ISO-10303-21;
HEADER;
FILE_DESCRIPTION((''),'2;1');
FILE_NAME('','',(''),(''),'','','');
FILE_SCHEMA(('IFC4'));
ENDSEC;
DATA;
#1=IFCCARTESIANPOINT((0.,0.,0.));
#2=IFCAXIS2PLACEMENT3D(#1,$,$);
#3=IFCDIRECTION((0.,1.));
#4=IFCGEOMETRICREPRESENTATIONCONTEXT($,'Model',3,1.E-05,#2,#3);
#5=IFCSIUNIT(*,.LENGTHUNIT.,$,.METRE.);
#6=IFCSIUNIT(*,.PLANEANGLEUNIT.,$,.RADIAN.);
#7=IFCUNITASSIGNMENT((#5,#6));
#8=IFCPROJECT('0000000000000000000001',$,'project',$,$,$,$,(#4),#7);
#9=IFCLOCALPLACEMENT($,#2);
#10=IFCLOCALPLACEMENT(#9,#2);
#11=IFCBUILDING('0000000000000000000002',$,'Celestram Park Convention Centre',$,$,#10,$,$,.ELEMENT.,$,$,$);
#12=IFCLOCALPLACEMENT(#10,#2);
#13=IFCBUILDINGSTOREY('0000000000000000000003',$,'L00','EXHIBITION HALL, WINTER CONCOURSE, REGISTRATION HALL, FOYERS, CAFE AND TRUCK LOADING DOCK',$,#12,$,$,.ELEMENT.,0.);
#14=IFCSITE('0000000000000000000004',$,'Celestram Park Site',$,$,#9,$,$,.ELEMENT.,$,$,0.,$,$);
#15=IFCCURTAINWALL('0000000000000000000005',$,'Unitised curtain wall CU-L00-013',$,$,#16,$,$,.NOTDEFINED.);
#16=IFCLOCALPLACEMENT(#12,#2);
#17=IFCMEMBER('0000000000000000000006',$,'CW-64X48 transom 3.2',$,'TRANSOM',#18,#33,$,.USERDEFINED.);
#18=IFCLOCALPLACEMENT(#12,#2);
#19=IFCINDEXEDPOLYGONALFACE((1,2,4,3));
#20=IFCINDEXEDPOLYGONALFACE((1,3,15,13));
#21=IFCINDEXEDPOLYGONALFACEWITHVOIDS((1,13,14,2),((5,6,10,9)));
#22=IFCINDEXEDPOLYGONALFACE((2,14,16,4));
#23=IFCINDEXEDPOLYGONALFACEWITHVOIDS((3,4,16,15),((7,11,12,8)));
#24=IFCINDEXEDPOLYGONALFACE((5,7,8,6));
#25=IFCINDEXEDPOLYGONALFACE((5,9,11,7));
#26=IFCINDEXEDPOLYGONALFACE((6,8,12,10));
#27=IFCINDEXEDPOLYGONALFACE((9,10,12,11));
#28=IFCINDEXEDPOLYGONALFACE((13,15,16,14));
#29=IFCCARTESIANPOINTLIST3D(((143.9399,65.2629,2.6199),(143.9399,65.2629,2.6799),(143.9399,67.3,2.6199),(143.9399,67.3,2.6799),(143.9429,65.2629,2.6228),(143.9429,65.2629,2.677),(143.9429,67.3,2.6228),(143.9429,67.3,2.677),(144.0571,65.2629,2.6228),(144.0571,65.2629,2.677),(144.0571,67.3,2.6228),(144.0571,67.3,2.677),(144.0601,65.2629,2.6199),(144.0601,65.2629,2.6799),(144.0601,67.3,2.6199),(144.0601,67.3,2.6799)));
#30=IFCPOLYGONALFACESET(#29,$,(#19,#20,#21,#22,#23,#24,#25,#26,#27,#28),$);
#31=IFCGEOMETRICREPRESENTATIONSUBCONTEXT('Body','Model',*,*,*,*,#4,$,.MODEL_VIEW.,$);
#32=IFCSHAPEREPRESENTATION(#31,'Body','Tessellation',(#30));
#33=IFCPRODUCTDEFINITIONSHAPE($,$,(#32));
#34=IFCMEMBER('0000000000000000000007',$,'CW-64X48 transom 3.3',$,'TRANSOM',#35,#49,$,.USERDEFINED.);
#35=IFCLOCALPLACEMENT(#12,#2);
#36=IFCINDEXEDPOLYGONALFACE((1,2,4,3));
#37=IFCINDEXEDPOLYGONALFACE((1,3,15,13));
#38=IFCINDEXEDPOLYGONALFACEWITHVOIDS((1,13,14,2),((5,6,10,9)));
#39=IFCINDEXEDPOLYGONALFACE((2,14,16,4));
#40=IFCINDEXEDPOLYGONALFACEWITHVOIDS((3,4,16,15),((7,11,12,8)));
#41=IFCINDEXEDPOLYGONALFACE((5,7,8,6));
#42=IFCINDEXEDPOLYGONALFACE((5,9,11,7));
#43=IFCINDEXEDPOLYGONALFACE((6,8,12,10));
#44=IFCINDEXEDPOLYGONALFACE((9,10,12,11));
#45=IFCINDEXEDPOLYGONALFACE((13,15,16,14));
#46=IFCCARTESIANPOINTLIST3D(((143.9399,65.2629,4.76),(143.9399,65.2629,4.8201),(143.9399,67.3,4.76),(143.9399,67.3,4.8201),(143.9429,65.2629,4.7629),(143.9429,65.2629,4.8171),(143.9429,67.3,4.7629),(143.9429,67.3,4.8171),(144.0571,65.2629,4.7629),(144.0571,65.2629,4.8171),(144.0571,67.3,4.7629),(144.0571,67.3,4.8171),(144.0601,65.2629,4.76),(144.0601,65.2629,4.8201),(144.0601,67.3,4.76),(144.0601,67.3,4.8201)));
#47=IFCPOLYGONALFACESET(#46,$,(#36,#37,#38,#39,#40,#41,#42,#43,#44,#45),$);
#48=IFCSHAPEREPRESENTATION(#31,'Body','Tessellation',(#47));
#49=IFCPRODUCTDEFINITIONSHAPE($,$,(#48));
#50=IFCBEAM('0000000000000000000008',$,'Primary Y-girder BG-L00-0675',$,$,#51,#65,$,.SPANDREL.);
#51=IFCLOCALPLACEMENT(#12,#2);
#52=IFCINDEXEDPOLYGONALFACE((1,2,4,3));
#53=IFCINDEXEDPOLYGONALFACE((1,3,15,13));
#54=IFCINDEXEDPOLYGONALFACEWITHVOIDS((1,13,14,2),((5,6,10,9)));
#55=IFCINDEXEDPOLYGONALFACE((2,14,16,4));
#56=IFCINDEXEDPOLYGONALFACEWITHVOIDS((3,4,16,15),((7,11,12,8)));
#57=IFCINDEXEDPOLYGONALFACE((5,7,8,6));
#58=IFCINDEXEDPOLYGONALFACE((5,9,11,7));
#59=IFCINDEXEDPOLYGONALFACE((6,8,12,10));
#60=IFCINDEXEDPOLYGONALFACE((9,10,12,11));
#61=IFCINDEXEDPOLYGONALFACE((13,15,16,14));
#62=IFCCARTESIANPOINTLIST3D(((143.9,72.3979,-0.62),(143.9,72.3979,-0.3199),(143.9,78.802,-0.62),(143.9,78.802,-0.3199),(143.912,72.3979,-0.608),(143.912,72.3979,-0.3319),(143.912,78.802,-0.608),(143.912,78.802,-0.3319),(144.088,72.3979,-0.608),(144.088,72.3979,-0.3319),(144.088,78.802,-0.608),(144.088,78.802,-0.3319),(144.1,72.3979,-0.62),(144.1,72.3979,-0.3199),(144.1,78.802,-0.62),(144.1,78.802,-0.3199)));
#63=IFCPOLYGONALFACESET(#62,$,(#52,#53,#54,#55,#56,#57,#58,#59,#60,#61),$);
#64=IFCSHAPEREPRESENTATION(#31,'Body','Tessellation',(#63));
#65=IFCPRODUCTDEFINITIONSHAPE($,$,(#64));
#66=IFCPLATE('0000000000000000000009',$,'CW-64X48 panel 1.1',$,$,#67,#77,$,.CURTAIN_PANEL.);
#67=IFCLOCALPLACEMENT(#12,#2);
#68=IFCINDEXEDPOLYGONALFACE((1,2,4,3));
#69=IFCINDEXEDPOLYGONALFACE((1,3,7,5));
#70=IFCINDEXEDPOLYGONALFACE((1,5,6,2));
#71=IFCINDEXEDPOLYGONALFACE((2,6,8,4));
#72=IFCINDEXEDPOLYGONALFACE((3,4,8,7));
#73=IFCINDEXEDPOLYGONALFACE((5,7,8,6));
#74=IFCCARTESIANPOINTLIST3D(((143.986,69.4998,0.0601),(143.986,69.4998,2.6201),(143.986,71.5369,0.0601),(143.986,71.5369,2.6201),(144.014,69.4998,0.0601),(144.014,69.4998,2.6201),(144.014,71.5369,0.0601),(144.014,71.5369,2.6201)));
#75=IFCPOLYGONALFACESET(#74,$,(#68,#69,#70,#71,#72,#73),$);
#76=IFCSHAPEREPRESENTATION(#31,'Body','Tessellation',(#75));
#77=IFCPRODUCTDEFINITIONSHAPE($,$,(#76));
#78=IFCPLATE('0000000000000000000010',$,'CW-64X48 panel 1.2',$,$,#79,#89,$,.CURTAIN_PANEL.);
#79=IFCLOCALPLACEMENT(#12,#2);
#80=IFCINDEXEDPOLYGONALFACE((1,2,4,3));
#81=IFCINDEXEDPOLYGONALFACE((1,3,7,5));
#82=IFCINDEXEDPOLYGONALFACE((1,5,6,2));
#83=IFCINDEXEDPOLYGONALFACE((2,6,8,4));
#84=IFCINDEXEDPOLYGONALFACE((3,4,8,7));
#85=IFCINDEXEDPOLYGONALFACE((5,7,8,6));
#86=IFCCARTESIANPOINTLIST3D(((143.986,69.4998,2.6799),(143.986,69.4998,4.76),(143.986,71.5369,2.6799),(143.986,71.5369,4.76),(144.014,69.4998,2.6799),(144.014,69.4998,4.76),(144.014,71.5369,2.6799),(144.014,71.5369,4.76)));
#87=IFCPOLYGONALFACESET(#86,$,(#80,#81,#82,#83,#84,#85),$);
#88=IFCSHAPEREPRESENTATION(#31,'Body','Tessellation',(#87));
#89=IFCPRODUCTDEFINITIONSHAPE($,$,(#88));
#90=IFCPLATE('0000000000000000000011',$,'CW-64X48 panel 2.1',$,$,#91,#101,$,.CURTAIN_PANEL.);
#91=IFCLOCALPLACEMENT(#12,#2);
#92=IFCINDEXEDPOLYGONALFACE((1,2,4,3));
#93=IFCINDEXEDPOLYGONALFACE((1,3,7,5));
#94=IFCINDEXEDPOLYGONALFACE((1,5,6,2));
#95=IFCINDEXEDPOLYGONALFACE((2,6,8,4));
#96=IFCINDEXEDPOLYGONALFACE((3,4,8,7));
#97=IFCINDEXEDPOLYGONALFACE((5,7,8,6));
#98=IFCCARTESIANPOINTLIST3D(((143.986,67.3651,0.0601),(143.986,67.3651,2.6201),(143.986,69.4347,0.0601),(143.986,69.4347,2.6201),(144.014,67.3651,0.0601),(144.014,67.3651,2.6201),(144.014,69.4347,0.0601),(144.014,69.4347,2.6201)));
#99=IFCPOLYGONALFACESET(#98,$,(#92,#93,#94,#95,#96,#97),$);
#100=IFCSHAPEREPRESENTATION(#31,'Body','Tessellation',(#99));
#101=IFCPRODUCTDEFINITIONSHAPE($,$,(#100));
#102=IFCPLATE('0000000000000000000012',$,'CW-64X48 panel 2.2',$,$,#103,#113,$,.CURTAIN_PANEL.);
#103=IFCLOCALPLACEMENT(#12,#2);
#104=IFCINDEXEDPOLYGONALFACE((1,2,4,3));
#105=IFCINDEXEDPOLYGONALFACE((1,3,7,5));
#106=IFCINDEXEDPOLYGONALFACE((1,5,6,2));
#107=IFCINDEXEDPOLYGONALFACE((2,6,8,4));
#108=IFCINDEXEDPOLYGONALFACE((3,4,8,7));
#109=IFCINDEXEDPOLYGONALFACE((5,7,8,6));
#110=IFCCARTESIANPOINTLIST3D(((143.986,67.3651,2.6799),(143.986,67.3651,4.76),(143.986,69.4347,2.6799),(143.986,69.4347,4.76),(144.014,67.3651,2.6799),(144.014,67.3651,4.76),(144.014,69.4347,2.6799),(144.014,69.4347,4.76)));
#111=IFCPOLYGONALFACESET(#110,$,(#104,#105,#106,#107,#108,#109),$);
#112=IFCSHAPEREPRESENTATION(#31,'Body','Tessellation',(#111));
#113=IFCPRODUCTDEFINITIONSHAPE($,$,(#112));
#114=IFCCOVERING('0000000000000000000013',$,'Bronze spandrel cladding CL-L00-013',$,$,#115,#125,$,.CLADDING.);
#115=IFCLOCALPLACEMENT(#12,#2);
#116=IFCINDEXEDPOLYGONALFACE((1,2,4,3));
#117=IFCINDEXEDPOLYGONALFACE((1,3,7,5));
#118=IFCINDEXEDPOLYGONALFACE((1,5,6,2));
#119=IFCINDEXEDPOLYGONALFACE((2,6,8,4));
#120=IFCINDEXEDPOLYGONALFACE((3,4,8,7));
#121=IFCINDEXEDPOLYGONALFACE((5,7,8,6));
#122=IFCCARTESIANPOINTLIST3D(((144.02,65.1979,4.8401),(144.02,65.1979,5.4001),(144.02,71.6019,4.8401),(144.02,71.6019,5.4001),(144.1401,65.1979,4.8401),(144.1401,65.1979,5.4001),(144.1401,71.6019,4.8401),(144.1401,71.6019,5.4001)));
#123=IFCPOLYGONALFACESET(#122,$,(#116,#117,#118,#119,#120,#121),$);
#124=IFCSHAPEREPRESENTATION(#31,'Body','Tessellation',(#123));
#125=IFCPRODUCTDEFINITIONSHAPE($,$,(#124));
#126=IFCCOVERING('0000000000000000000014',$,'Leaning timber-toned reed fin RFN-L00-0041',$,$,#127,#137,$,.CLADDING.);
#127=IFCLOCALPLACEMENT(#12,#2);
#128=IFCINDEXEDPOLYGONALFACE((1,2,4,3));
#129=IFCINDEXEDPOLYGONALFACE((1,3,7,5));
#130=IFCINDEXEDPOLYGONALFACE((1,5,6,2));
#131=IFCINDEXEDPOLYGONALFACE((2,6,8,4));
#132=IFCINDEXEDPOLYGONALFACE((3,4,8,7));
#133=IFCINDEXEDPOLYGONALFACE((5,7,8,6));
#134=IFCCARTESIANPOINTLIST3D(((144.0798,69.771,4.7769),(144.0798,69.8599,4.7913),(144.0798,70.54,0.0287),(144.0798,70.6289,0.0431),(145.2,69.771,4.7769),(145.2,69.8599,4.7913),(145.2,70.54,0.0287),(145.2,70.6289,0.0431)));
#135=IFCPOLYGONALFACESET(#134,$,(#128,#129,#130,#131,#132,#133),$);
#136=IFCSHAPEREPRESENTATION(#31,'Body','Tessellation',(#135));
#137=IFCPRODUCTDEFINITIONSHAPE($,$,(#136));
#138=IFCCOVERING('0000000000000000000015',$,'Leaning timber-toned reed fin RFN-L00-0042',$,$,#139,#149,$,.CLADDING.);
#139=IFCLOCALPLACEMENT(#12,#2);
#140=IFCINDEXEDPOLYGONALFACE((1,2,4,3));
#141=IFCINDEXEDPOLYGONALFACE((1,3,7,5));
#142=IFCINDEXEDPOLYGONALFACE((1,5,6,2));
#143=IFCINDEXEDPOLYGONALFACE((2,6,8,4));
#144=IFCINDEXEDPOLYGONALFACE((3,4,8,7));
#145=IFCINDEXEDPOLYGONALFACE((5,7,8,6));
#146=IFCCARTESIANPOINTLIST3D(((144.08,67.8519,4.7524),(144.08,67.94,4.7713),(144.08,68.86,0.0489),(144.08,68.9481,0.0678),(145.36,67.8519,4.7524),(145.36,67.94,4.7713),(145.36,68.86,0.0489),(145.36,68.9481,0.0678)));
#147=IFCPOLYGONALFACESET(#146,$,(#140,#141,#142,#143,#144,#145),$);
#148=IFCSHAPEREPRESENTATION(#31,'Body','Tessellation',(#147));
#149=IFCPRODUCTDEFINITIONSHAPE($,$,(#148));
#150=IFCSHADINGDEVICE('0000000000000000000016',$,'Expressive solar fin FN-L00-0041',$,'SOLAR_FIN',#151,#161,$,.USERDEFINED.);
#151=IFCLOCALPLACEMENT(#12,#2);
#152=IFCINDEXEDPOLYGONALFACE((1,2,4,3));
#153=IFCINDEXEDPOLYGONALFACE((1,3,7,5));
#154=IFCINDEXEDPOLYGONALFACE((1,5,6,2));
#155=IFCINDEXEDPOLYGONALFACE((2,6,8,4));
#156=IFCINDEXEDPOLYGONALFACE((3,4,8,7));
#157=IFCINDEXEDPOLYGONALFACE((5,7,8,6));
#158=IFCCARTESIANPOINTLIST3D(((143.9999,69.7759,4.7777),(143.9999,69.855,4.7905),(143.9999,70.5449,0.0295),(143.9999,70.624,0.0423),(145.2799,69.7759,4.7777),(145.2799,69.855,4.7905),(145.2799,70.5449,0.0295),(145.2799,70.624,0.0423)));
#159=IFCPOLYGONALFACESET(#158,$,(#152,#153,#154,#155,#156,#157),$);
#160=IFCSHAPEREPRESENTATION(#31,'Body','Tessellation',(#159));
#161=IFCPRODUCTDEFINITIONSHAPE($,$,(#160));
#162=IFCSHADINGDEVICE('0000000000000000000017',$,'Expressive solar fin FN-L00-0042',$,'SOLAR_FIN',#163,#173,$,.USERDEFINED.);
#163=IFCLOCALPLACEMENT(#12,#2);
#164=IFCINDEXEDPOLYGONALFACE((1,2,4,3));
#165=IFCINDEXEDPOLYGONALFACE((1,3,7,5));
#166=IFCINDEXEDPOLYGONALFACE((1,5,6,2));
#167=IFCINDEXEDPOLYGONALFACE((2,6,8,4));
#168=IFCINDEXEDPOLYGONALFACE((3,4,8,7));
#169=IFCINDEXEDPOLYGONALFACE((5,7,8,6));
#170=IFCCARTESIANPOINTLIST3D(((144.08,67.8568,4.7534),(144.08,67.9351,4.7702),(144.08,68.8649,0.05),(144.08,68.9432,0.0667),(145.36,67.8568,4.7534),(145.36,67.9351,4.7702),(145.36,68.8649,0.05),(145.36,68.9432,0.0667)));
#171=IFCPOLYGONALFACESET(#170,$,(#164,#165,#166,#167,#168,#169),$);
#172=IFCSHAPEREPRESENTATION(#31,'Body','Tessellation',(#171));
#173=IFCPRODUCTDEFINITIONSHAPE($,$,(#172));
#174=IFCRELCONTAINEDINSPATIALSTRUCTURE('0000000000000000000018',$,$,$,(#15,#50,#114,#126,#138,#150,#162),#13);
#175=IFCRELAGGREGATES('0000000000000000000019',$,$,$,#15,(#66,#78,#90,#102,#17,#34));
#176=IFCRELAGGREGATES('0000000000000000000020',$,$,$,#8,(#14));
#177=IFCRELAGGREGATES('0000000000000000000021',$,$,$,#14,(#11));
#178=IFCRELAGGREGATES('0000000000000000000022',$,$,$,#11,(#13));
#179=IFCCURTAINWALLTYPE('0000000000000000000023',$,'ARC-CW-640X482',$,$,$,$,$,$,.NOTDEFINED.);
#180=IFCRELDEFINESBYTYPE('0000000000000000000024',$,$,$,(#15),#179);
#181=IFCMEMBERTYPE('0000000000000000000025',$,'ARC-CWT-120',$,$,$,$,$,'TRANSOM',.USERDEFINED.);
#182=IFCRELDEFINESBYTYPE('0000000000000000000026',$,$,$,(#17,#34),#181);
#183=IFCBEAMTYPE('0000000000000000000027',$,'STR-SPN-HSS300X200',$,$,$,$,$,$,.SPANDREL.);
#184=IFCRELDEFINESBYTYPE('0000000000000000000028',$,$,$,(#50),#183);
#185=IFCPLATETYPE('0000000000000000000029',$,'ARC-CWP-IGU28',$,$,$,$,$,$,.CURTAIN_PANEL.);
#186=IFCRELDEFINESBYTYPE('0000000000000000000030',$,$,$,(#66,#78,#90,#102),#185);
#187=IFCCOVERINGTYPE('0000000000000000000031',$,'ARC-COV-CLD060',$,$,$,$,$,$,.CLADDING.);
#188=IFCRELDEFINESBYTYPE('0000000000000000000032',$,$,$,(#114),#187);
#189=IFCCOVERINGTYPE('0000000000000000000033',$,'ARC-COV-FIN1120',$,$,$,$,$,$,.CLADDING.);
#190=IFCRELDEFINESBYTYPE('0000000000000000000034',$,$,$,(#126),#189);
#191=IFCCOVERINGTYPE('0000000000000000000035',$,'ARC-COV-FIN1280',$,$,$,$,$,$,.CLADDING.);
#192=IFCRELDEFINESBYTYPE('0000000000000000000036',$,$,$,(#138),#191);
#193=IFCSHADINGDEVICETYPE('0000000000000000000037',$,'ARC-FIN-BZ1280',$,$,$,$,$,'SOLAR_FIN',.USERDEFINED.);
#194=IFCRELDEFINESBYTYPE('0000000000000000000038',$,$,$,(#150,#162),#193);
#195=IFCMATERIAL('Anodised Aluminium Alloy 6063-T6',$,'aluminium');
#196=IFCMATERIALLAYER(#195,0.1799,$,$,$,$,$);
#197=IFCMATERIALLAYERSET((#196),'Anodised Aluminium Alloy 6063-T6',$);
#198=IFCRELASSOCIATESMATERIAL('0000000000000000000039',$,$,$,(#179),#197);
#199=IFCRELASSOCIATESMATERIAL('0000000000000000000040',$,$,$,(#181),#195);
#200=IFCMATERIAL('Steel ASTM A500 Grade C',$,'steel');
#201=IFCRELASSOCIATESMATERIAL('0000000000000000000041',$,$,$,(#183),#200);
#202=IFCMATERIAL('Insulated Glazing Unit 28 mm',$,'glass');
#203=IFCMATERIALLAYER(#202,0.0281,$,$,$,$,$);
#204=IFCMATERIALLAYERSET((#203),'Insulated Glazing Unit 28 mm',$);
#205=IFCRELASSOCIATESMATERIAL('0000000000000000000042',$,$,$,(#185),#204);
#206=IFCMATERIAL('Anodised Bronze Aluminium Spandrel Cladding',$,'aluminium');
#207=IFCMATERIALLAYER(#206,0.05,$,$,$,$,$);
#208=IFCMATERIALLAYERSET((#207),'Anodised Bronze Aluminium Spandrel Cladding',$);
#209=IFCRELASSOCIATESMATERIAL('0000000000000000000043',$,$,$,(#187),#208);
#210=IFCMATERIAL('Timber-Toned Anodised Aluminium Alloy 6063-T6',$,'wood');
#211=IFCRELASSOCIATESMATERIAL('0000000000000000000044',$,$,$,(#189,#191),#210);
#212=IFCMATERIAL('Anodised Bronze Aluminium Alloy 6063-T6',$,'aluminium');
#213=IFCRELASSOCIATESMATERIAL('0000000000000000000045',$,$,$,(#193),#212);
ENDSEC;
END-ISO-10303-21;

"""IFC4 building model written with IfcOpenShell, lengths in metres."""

from ifc_helpers import new_model, si_unit, direction, frame, origin, origin_2d, place, context, subcontext, project, spatial, rectangle, hollow_rectangle, extrude, material, layer, layer_set, material_profile, profile_set, type_object, element, aggregate, save


model = new_model("IFC4")

# Units and contexts
model_context = context("Model", 3, precision=1e-05, world=origin(), true_north=direction((0.0, 1.0)))
body_context = subcontext(model_context, "Body", "Model", "MODEL_VIEW")
ifc_project = project(units=[si_unit("LENGTHUNIT", "METRE"), si_unit("PLANEANGLEUNIT", "RADIAN")], contexts=[model_context])

# Site, building, storey
site_placement = place(None, origin())
site = spatial("IfcSite", under=ifc_project, at=site_placement, Name="Celestram Park Site", CompositionType="ELEMENT", RefElevation=0.0)
building_placement = place(site_placement, origin())
building = spatial("IfcBuilding", under=site, at=building_placement, Name="Celestram Park Convention Centre", CompositionType="ELEMENT")
storey_placement = place(building_placement, origin())
storey = spatial("IfcBuildingStorey", under=building, at=storey_placement, Name="L00", Description="EXHIBITION HALL, WINTER CONCOURSE, REGISTRATION HALL, FOYERS, CAFE AND TRUCK LOADING DOCK", CompositionType="ELEMENT", Elevation=0.0)

# Shared definitions
ifc_material_1 = material(Name="Anodised Aluminium Alloy 6063-T6", Category="aluminium")
ifc_layer_1 = layer(ifc_material_1, 0.1799)
ifc_layer_set_1 = layer_set([ifc_layer_1], Name="Anodised Aluminium Alloy 6063-T6")
curtain_wall_type = type_object("IfcCurtainWallType", Name="ARC-CW-640X482", PredefinedType="NOTDEFINED", material=ifc_layer_set_1)

# Curtain wall, members
curtain_wall_1_placement = place(storey_placement, origin())
curtain_wall_1 = element("IfcCurtainWall", 1, at=curtain_wall_1_placement, inside=storey, type_object=curtain_wall_type, Name="Unitised curtain wall CU-L00-013", PredefinedType="NOTDEFINED")
ifc_material_profile_1 = material_profile(ifc_material_1, hollow_rectangle(XDim=0.1201, YDim=0.0601, WallThickness=0.0029, at=origin_2d()), Name="ALU120X60X3")
ifc_profile_set_1 = profile_set([ifc_material_profile_1], Name="Anodised Aluminium Alloy 6063-T6")
member_type_1 = type_object("IfcMemberType", Name="ARC-CWT-120", ElementType="TRANSOM", PredefinedType="USERDEFINED", material=ifc_profile_set_1)
member_1_placement = place(storey_placement, frame((144.0, 67.3, 2.6499), z_axis=(0.0, -1.0, 0.0), x_axis=(1.0, 0.0, 0.0)))
member_1 = element("IfcMember", 2, at=member_1_placement, type_object=member_type_1, Name="CW-64X48 transom 3.2", ObjectType="TRANSOM", PredefinedType="USERDEFINED", context=body_context, shape_type="SweptSolid", body=[
    extrude(hollow_rectangle(XDim=0.1201, YDim=0.0601, WallThickness=0.0029, at=origin_2d()), origin(), (0.0, 0.0, 1.0), 2.0371),
])
member_2_placement = place(storey_placement, frame((144.0, 67.3, 4.79), z_axis=(0.0, -1.0, 0.0), x_axis=(1.0, 0.0, 0.0)))
member_2 = element("IfcMember", 3, at=member_2_placement, type_object=member_type_1, Name="CW-64X48 transom 3.3", ObjectType="TRANSOM", PredefinedType="USERDEFINED", context=body_context, shape_type="SweptSolid", body=[
    extrude(hollow_rectangle(XDim=0.1201, YDim=0.0601, WallThickness=0.0029, at=origin_2d()), origin(), (0.0, 0.0, 1.0), 2.0371),
])

# Beam
ifc_material_2 = material(Name="Steel ASTM A500 Grade C", Category="steel")
ifc_material_profile_2 = material_profile(ifc_material_2, hollow_rectangle(XDim=0.2, YDim=0.3, WallThickness=0.012, at=origin_2d()), Name="HSS300X200X12")
ifc_profile_set_2 = profile_set([ifc_material_profile_2], Name="Steel ASTM A500 Grade C")
beam_type = type_object("IfcBeamType", Name="STR-SPN-HSS300X200", PredefinedType="SPANDREL", material=ifc_profile_set_2)
beam_placement = place(storey_placement, frame((144.0, 72.3979, -0.47), z_axis=(0.0, 1.0, 0.0), x_axis=(-1.0, 0.0, 0.0)))
element("IfcBeam", 4, at=beam_placement, inside=storey, type_object=beam_type, Name="Primary Y-girder BG-L00-0675", PredefinedType="SPANDREL", context=body_context, shape_type="SweptSolid", body=[
    extrude(hollow_rectangle(XDim=0.2, YDim=0.3, WallThickness=0.012, at=origin_2d()), origin(), (0.0, 0.0, 1.0), 6.4041),
])

# Plates
ifc_material_3 = material(Name="Insulated Glazing Unit 28 mm", Category="glass")
ifc_layer_2 = layer(ifc_material_3, 0.0281)
ifc_layer_set_2 = layer_set([ifc_layer_2], Name="Insulated Glazing Unit 28 mm")
plate_type = type_object("IfcPlateType", Name="ARC-CWP-IGU28", PredefinedType="CURTAIN_PANEL", material=ifc_layer_set_2)
plate_1_placement = place(storey_placement, frame((144.0, 70.5183, 0.0601), z_axis=(0.0, 0.0, 1.0), x_axis=(0.0, -1.0, 0.0)))
plate_1 = element("IfcPlate", 5, at=plate_1_placement, type_object=plate_type, Name="CW-64X48 panel 1.1", PredefinedType="CURTAIN_PANEL", context=body_context, shape_type="SweptSolid", body=[
    extrude(rectangle(XDim=2.0371, YDim=0.0281, at=origin_2d()), origin(), (0.0, 0.0, 1.0), 2.5601),
])
plate_2_placement = place(storey_placement, frame((144.0, 70.5183, 2.6799), z_axis=(0.0, 0.0, 1.0), x_axis=(0.0, -1.0, 0.0)))
plate_2 = element("IfcPlate", 6, at=plate_2_placement, type_object=plate_type, Name="CW-64X48 panel 1.2", PredefinedType="CURTAIN_PANEL", context=body_context, shape_type="SweptSolid", body=[
    extrude(rectangle(XDim=2.0371, YDim=0.0281, at=origin_2d()), origin(), (0.0, 0.0, 1.0), 2.0801),
])
plate_3_placement = place(storey_placement, frame((144.0, 68.3999, 0.0601), z_axis=(0.0, 0.0, 1.0), x_axis=(0.0, -1.0, 0.0)))
plate_3 = element("IfcPlate", 7, at=plate_3_placement, type_object=plate_type, Name="CW-64X48 panel 2.1", PredefinedType="CURTAIN_PANEL", context=body_context, shape_type="SweptSolid", body=[
    extrude(rectangle(XDim=2.0696, YDim=0.0281, at=origin_2d()), origin(), (0.0, 0.0, 1.0), 2.5601),
])
plate_4_placement = place(storey_placement, frame((144.0, 68.3999, 2.6799), z_axis=(0.0, 0.0, 1.0), x_axis=(0.0, -1.0, 0.0)))
plate_4 = element("IfcPlate", 8, at=plate_4_placement, type_object=plate_type, Name="CW-64X48 panel 2.2", PredefinedType="CURTAIN_PANEL", context=body_context, shape_type="SweptSolid", body=[
    extrude(rectangle(XDim=2.0696, YDim=0.0281, at=origin_2d()), origin(), (0.0, 0.0, 1.0), 2.0801),
])
aggregate(curtain_wall_1, [plate_1, plate_2, plate_3, plate_4, member_1, member_2])

# Coverings
ifc_material_4 = material(Name="Anodised Bronze Aluminium Spandrel Cladding", Category="aluminium")
ifc_layer_3 = layer(ifc_material_4, 0.05)
ifc_layer_set_3 = layer_set([ifc_layer_3], Name="Anodised Bronze Aluminium Spandrel Cladding")
covering_type_1 = type_object("IfcCoveringType", Name="ARC-COV-CLD060", PredefinedType="CLADDING", material=ifc_layer_set_3)
covering_1_placement = place(storey_placement, frame((144.0801, 68.3999, 4.8401), z_axis=(0.0, 0.0, 1.0), x_axis=(0.0, -1.0, 0.0)))
element("IfcCovering", 9, at=covering_1_placement, inside=storey, type_object=covering_type_1, Name="Bronze spandrel cladding CL-L00-013", PredefinedType="CLADDING", context=body_context, shape_type="SweptSolid", body=[
    extrude(rectangle(XDim=6.4041, YDim=0.1201, at=origin_2d()), origin(), (0.0, 0.0, 1.0), 0.5601),
])
ifc_material_5 = material(Name="Timber-Toned Anodised Aluminium Alloy 6063-T6", Category="wood")
ifc_material_profile_3 = material_profile(ifc_material_5, rectangle(XDim=1.1201, YDim=0.0901, at=origin_2d()), Name="REED1120X90")
ifc_profile_set_3 = profile_set([ifc_material_profile_3], Name="Timber-Toned Anodised Aluminium Alloy 6063-T6")
covering_type_2 = type_object("IfcCoveringType", Name="ARC-COV-FIN1120", PredefinedType="CLADDING", material=ifc_profile_set_3)
covering_2_placement = place(storey_placement, frame((144.6399, 70.5845, 0.0359), z_axis=(0.0, -0.159879, 0.987137), x_axis=(1.0, 0.0, 0.0)))
element("IfcCovering", 10, at=covering_2_placement, inside=storey, type_object=covering_type_2, Name="Leaning timber-toned reed fin RFN-L00-0041", PredefinedType="CLADDING", context=body_context, shape_type="SweptSolid", body=[
    extrude(rectangle(XDim=1.1201, YDim=0.0901, at=origin_2d()), origin(), (0.0, 0.0, 1.0), 4.8101),
])
ifc_material_profile_4 = material_profile(ifc_material_5, rectangle(XDim=1.28, YDim=0.0901, at=origin_2d()), Name="REED1280X90")
ifc_profile_set_4 = profile_set([ifc_material_profile_4], Name="Timber-Toned Anodised Aluminium Alloy 6063-T6")
covering_type_3 = type_object("IfcCoveringType", Name="ARC-COV-FIN1280", PredefinedType="CLADDING", material=ifc_profile_set_4)
covering_3_placement = place(storey_placement, frame((144.72, 68.9041, 0.0583), z_axis=(0.0, -0.209567, 0.977794), x_axis=(1.0, 0.0, 0.0)))
element("IfcCovering", 11, at=covering_3_placement, inside=storey, type_object=covering_type_3, Name="Leaning timber-toned reed fin RFN-L00-0042", PredefinedType="CLADDING", context=body_context, shape_type="SweptSolid", body=[
    extrude(rectangle(XDim=1.28, YDim=0.0901, at=origin_2d()), origin(), (0.0, 0.0, 1.0), 4.8103),
])

# Shading devices
ifc_material_6 = material(Name="Anodised Bronze Aluminium Alloy 6063-T6", Category="aluminium")
ifc_material_profile_5 = material_profile(ifc_material_6, rectangle(XDim=1.28, YDim=0.0801, at=origin_2d()), Name="FIN1280X80")
ifc_profile_set_5 = profile_set([ifc_material_profile_5], Name="Anodised Bronze Aluminium Alloy 6063-T6")
shading_device_type = type_object("IfcShadingDeviceType", Name="ARC-FIN-BZ1280", ElementType="SOLAR_FIN", PredefinedType="USERDEFINED", material=ifc_profile_set_5)
shading_device_1_placement = place(storey_placement, frame((144.6399, 70.5845, 0.0359), z_axis=(0.0, -0.159879, 0.987137), x_axis=(1.0, 0.0, 0.0)))
element("IfcShadingDevice", 12, at=shading_device_1_placement, inside=storey, type_object=shading_device_type, Name="Expressive solar fin FN-L00-0041", ObjectType="SOLAR_FIN", PredefinedType="USERDEFINED", context=body_context, shape_type="SweptSolid", body=[
    extrude(rectangle(XDim=1.28, YDim=0.0801, at=origin_2d()), origin(), (0.0, 0.0, 1.0), 4.8101),
])
shading_device_2_placement = place(storey_placement, frame((144.72, 68.9041, 0.0583), z_axis=(0.0, -0.209567, 0.977794), x_axis=(1.0, 0.0, 0.0)))
element("IfcShadingDevice", 13, at=shading_device_2_placement, inside=storey, type_object=shading_device_type, Name="Expressive solar fin FN-L00-0042", ObjectType="SOLAR_FIN", PredefinedType="USERDEFINED", context=body_context, shape_type="SweptSolid", body=[
    extrude(rectangle(XDim=1.28, YDim=0.0801, at=origin_2d()), origin(), (0.0, 0.0, 1.0), 4.8103),
])

save(model, "model.ifc")
